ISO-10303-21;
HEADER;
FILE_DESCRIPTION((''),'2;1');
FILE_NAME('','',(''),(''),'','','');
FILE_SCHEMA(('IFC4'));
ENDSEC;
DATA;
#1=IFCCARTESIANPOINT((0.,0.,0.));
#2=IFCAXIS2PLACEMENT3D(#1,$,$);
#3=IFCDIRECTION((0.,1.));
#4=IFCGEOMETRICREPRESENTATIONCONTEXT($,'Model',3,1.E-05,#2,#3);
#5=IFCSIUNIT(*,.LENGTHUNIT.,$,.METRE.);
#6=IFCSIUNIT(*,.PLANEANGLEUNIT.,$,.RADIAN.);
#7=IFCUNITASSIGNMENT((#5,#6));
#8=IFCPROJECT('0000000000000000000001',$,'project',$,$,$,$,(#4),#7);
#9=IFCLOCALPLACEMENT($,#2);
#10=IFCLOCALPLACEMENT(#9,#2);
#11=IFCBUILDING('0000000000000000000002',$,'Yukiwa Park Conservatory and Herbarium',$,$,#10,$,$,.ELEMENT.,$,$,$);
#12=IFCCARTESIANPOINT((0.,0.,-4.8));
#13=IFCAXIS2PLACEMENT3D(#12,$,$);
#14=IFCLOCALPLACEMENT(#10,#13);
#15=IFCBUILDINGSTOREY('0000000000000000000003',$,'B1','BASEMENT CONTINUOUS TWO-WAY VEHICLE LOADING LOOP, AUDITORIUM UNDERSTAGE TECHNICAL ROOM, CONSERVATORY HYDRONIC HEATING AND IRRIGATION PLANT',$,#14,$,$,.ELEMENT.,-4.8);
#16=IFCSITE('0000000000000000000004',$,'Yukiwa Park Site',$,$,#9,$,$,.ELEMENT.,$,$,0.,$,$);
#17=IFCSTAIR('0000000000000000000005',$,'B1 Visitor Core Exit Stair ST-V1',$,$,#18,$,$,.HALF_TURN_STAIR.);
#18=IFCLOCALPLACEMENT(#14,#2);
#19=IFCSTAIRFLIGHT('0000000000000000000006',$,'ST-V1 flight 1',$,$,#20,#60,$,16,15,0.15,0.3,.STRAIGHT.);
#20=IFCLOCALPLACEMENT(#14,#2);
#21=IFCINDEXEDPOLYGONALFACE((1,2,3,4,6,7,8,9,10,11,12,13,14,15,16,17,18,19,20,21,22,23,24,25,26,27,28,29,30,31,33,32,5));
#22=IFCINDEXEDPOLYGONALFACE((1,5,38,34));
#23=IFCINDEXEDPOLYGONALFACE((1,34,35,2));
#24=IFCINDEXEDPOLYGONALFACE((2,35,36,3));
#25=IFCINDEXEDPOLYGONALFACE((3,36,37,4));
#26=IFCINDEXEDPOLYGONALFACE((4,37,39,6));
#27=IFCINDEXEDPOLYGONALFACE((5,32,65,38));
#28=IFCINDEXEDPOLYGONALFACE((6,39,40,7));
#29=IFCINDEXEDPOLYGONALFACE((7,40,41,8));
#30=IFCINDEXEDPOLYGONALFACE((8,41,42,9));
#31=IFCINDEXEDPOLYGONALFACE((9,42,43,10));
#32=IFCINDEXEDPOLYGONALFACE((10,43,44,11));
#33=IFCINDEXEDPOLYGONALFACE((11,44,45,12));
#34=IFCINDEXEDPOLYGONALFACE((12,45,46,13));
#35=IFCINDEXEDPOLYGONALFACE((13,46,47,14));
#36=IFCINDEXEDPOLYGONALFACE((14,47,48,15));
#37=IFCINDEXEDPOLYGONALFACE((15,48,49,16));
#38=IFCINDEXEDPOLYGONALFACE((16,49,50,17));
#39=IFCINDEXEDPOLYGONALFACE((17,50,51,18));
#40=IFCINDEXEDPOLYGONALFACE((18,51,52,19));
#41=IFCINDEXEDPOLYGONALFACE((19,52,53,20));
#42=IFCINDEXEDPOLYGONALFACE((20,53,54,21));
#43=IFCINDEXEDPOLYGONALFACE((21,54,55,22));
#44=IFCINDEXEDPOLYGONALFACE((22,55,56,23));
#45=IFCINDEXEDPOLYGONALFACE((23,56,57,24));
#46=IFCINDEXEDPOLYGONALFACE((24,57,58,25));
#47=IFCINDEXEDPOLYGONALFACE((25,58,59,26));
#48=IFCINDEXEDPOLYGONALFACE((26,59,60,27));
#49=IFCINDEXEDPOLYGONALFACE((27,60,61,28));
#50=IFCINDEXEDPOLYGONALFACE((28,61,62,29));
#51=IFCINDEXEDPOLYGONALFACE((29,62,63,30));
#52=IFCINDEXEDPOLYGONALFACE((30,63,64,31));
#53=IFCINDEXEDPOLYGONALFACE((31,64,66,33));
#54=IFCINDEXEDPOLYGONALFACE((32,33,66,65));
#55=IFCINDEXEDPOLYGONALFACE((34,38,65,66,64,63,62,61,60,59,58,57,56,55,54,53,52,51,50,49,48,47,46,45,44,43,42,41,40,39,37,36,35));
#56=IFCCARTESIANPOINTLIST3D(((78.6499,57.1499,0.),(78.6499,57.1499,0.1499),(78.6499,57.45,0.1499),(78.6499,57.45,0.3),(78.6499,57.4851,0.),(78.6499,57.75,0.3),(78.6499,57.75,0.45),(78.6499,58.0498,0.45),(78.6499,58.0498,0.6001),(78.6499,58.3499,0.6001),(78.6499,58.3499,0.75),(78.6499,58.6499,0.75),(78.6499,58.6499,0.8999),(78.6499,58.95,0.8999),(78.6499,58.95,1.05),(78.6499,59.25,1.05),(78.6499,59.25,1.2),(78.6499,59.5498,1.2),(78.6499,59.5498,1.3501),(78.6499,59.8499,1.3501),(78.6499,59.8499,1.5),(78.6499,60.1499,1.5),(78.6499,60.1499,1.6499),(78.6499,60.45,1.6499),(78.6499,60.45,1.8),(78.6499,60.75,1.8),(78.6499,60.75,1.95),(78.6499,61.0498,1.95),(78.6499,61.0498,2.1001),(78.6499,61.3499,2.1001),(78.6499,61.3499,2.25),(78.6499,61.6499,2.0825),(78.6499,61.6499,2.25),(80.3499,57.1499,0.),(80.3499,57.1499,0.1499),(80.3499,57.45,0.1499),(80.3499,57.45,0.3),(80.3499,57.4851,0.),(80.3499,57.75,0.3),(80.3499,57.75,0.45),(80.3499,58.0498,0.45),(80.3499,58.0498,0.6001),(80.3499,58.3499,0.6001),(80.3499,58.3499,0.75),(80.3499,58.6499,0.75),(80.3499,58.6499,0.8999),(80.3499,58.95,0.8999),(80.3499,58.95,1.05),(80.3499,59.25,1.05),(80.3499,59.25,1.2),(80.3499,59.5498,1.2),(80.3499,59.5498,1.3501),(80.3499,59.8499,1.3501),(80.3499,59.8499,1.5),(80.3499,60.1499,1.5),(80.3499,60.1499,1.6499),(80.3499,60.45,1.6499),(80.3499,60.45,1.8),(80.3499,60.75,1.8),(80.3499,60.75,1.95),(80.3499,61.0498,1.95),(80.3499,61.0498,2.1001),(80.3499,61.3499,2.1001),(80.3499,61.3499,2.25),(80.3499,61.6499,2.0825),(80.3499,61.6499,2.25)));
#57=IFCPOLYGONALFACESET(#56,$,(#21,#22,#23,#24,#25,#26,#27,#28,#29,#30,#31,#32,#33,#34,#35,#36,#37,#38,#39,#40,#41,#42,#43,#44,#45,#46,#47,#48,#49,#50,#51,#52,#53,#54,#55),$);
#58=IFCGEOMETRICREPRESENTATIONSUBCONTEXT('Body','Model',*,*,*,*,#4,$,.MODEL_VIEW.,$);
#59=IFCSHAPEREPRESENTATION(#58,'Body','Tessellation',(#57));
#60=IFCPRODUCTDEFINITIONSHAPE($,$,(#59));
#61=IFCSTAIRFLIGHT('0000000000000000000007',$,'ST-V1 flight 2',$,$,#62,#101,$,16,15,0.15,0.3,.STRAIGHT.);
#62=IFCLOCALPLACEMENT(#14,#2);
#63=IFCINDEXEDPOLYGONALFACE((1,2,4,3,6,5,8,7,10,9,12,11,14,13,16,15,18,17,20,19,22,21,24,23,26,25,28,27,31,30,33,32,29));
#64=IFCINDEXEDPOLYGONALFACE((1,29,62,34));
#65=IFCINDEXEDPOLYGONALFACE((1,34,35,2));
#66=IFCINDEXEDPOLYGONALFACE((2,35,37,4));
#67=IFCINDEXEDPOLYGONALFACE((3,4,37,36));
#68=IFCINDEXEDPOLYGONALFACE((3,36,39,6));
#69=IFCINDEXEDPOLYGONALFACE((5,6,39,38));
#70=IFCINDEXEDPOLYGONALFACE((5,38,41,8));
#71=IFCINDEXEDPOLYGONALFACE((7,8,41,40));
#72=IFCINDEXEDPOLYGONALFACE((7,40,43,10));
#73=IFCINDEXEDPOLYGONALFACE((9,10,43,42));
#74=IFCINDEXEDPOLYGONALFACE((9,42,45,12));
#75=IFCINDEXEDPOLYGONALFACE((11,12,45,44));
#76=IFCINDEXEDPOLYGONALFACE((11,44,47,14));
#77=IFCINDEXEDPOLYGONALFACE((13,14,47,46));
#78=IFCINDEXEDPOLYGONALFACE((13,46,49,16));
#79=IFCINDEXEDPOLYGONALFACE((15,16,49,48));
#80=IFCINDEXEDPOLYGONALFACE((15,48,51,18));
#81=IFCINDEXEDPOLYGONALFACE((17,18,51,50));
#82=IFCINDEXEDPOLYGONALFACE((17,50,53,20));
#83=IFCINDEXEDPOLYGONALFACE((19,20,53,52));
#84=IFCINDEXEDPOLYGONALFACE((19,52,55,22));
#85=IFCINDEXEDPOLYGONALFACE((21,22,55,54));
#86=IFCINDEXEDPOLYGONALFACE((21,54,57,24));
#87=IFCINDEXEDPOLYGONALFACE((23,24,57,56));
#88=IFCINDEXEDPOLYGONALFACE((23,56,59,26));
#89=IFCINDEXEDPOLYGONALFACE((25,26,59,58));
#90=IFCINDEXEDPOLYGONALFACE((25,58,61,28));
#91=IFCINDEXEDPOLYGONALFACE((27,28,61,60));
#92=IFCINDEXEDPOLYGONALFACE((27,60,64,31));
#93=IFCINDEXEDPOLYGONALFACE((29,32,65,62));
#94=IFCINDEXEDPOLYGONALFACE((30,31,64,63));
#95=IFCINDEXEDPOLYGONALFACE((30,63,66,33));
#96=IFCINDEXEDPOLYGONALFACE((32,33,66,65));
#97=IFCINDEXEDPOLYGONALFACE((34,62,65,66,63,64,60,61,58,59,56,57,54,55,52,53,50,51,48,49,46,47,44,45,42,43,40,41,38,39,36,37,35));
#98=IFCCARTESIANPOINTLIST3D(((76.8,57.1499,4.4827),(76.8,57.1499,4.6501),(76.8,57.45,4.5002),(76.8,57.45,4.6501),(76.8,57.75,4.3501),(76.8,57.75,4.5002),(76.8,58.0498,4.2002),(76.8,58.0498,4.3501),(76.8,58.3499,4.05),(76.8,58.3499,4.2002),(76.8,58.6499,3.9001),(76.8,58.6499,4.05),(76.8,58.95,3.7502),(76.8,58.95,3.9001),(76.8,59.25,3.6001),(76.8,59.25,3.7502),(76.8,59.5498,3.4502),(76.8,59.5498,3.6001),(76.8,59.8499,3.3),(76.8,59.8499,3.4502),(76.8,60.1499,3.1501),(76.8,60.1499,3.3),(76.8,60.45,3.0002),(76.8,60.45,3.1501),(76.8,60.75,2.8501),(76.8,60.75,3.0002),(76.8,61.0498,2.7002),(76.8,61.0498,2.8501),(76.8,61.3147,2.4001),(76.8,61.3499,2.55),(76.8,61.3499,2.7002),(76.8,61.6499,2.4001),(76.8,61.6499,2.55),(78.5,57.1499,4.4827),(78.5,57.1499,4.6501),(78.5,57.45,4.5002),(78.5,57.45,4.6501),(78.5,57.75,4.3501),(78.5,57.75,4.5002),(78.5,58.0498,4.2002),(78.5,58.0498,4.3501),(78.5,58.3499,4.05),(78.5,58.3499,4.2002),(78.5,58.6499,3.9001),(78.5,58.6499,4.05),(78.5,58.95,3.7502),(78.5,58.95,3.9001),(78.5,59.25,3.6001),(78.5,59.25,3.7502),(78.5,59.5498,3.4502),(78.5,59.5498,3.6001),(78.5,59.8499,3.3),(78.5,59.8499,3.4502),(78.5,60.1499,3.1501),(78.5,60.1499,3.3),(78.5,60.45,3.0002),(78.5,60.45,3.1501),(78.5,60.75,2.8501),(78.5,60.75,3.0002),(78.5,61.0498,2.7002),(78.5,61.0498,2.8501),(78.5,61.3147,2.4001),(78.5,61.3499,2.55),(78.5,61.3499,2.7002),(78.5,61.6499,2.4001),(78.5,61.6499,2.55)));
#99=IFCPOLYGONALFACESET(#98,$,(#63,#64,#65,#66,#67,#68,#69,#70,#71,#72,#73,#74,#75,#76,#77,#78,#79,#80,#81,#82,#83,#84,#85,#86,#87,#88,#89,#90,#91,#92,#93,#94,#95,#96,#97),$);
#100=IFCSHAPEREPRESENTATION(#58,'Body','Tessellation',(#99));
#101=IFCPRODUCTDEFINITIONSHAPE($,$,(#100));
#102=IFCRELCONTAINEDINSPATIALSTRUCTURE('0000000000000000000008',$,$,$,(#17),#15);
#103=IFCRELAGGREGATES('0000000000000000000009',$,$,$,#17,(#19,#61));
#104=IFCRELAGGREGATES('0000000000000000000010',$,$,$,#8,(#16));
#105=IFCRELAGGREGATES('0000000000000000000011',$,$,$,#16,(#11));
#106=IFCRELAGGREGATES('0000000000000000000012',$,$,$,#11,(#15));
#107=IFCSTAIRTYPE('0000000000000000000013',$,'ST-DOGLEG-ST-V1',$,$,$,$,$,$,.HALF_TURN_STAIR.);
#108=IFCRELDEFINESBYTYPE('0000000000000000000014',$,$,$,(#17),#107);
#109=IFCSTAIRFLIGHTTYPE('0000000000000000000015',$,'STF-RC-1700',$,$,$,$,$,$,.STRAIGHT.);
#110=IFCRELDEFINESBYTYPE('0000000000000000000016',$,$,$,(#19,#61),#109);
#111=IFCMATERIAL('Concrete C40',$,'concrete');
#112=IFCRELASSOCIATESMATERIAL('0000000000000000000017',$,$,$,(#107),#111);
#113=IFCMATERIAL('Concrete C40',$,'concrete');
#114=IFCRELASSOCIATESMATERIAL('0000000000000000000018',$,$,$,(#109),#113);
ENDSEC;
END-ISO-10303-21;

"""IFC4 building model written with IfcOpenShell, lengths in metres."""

from ifc_helpers import new_model, si_unit, direction, frame, origin, place, context, subcontext, project, spatial, polyline, outline, extrude, material, type_object, element, aggregate, save


model = new_model("IFC4")

# Units and contexts
model_context = context("Model", 3, precision=1e-05, world=origin(), true_north=direction((0.0, 1.0)))
body_context = subcontext(model_context, "Body", "Model", "MODEL_VIEW")
ifc_project = project(units=[si_unit("LENGTHUNIT", "METRE"), si_unit("PLANEANGLEUNIT", "RADIAN")], contexts=[model_context])

# Site, building, storey
site_placement = place(None, origin())
site = spatial("IfcSite", under=ifc_project, at=site_placement, Name="Yukiwa Park Site", CompositionType="ELEMENT", RefElevation=0.0)
building_placement = place(site_placement, origin())
building = spatial("IfcBuilding", under=site, at=building_placement, Name="Yukiwa Park Conservatory and Herbarium", CompositionType="ELEMENT")
storey_placement = place(building_placement, frame((0.0, 0.0, -4.8)))
storey = spatial("IfcBuildingStorey", under=building, at=storey_placement, Name="B1", Description="BASEMENT CONTINUOUS TWO-WAY VEHICLE LOADING LOOP, AUDITORIUM UNDERSTAGE TECHNICAL ROOM, CONSERVATORY HYDRONIC HEATING AND IRRIGATION PLANT", CompositionType="ELEMENT", Elevation=-4.8)

# Stair, stair flights
ifc_material_1 = material(Name="Concrete C40", Category="concrete")
stair_type = type_object("IfcStairType", Name="ST-DOGLEG-ST-V1", PredefinedType="HALF_TURN_STAIR", material=ifc_material_1)
stair_placement = place(storey_placement, origin())
stair = element("IfcStair", 1, at=stair_placement, inside=storey, type_object=stair_type, Name="B1 Visitor Core Exit Stair ST-V1", PredefinedType="HALF_TURN_STAIR")
ifc_material_2 = material(Name="Concrete C40", Category="concrete")
stair_flight_type = type_object("IfcStairFlightType", Name="STF-RC-1700", PredefinedType="STRAIGHT", material=ifc_material_2)
stair_flight_1_placement = place(storey_placement, frame((79.5, 57.1499, 0.0), z_axis=(0.0, 0.0, 1.0), x_axis=(0.0, 1.0, 0.0)))
stair_flight_1 = element("IfcStairFlight", 2, at=stair_flight_1_placement, type_object=stair_flight_type, Name="ST-V1 flight 1", NumberOfRisers=16, NumberOfTreads=15, PredefinedType="STRAIGHT", RiserHeight=0.15, TreadLength=0.3, context=body_context, shape_type="SweptSolid", body=[
    extrude(outline(polyline([(0.0, 0.0), (0.0, 0.1499), (0.3, 0.1499), (0.3, 0.3), (0.6001, 0.3), (0.6001, 0.45), (0.8999, 0.45), (0.8999, 0.6001), (1.2, 0.6001), (1.2, 0.75), (1.5, 0.75), (1.5, 0.8999), (1.8, 0.8999), (1.8, 1.05), (2.1001, 1.05), (2.1001, 1.2), (2.3999, 1.2), (2.3999, 1.3501), (2.7, 1.3501), (2.7, 1.5), (3.0, 1.5), (3.0, 1.6499), (3.3, 1.6499), (3.3, 1.8), (3.6001, 1.8), (3.6001, 1.95), (3.8999, 1.95), (3.8999, 2.1001), (4.2, 2.1001), (4.2, 2.25), (4.5, 2.25), (4.5, 2.3999), (4.5, 2.0825), (0.3352, 0.0), (0.0, 0.0)])), frame((0.0, 0.8501, 0.0), z_axis=(0.0, -1.0, 0.0), x_axis=(1.0, 0.0, 0.0)), (0.0, 0.0, 1.0), 1.7),
])
stair_flight_2_placement = place(storey_placement, frame((77.6499, 61.6499, 2.4001), z_axis=(0.0, 0.0, 1.0), x_axis=(0.0, -1.0, 0.0)))
stair_flight_2 = element("IfcStairFlight", 3, at=stair_flight_2_placement, type_object=stair_flight_type, Name="ST-V1 flight 2", NumberOfRisers=16, NumberOfTreads=15, PredefinedType="STRAIGHT", RiserHeight=0.15, TreadLength=0.3, context=body_context, shape_type="SweptSolid", body=[
    extrude(outline(polyline([(0.0, 0.0), (0.0, 0.1499), (0.3, 0.1499), (0.3, 0.3), (0.6001, 0.3), (0.6001, 0.45), (0.8999, 0.45), (0.8999, 0.6001), (1.2, 0.6001), (1.2, 0.75), (1.5, 0.75), (1.5, 0.8999), (1.8, 0.8999), (1.8, 1.05), (2.1001, 1.05), (2.1001, 1.2), (2.3999, 1.2), (2.3999, 1.3501), (2.7, 1.3501), (2.7, 1.5), (3.0, 1.5), (3.0, 1.6499), (3.3, 1.6499), (3.3, 1.8), (3.6001, 1.8), (3.6001, 1.95), (3.8999, 1.95), (3.8999, 2.1001), (4.2, 2.1001), (4.2, 2.25), (4.5, 2.25), (4.5, 2.3999), (4.5, 2.0825), (0.3352, 0.0), (0.0, 0.0)])), frame((0.0, 0.8501, 0.0), z_axis=(0.0, -1.0, 0.0), x_axis=(1.0, 0.0, 0.0)), (0.0, 0.0, 1.0), 1.7),
])
aggregate(stair, [stair_flight_1, stair_flight_2])

save(model, "model.ifc")
